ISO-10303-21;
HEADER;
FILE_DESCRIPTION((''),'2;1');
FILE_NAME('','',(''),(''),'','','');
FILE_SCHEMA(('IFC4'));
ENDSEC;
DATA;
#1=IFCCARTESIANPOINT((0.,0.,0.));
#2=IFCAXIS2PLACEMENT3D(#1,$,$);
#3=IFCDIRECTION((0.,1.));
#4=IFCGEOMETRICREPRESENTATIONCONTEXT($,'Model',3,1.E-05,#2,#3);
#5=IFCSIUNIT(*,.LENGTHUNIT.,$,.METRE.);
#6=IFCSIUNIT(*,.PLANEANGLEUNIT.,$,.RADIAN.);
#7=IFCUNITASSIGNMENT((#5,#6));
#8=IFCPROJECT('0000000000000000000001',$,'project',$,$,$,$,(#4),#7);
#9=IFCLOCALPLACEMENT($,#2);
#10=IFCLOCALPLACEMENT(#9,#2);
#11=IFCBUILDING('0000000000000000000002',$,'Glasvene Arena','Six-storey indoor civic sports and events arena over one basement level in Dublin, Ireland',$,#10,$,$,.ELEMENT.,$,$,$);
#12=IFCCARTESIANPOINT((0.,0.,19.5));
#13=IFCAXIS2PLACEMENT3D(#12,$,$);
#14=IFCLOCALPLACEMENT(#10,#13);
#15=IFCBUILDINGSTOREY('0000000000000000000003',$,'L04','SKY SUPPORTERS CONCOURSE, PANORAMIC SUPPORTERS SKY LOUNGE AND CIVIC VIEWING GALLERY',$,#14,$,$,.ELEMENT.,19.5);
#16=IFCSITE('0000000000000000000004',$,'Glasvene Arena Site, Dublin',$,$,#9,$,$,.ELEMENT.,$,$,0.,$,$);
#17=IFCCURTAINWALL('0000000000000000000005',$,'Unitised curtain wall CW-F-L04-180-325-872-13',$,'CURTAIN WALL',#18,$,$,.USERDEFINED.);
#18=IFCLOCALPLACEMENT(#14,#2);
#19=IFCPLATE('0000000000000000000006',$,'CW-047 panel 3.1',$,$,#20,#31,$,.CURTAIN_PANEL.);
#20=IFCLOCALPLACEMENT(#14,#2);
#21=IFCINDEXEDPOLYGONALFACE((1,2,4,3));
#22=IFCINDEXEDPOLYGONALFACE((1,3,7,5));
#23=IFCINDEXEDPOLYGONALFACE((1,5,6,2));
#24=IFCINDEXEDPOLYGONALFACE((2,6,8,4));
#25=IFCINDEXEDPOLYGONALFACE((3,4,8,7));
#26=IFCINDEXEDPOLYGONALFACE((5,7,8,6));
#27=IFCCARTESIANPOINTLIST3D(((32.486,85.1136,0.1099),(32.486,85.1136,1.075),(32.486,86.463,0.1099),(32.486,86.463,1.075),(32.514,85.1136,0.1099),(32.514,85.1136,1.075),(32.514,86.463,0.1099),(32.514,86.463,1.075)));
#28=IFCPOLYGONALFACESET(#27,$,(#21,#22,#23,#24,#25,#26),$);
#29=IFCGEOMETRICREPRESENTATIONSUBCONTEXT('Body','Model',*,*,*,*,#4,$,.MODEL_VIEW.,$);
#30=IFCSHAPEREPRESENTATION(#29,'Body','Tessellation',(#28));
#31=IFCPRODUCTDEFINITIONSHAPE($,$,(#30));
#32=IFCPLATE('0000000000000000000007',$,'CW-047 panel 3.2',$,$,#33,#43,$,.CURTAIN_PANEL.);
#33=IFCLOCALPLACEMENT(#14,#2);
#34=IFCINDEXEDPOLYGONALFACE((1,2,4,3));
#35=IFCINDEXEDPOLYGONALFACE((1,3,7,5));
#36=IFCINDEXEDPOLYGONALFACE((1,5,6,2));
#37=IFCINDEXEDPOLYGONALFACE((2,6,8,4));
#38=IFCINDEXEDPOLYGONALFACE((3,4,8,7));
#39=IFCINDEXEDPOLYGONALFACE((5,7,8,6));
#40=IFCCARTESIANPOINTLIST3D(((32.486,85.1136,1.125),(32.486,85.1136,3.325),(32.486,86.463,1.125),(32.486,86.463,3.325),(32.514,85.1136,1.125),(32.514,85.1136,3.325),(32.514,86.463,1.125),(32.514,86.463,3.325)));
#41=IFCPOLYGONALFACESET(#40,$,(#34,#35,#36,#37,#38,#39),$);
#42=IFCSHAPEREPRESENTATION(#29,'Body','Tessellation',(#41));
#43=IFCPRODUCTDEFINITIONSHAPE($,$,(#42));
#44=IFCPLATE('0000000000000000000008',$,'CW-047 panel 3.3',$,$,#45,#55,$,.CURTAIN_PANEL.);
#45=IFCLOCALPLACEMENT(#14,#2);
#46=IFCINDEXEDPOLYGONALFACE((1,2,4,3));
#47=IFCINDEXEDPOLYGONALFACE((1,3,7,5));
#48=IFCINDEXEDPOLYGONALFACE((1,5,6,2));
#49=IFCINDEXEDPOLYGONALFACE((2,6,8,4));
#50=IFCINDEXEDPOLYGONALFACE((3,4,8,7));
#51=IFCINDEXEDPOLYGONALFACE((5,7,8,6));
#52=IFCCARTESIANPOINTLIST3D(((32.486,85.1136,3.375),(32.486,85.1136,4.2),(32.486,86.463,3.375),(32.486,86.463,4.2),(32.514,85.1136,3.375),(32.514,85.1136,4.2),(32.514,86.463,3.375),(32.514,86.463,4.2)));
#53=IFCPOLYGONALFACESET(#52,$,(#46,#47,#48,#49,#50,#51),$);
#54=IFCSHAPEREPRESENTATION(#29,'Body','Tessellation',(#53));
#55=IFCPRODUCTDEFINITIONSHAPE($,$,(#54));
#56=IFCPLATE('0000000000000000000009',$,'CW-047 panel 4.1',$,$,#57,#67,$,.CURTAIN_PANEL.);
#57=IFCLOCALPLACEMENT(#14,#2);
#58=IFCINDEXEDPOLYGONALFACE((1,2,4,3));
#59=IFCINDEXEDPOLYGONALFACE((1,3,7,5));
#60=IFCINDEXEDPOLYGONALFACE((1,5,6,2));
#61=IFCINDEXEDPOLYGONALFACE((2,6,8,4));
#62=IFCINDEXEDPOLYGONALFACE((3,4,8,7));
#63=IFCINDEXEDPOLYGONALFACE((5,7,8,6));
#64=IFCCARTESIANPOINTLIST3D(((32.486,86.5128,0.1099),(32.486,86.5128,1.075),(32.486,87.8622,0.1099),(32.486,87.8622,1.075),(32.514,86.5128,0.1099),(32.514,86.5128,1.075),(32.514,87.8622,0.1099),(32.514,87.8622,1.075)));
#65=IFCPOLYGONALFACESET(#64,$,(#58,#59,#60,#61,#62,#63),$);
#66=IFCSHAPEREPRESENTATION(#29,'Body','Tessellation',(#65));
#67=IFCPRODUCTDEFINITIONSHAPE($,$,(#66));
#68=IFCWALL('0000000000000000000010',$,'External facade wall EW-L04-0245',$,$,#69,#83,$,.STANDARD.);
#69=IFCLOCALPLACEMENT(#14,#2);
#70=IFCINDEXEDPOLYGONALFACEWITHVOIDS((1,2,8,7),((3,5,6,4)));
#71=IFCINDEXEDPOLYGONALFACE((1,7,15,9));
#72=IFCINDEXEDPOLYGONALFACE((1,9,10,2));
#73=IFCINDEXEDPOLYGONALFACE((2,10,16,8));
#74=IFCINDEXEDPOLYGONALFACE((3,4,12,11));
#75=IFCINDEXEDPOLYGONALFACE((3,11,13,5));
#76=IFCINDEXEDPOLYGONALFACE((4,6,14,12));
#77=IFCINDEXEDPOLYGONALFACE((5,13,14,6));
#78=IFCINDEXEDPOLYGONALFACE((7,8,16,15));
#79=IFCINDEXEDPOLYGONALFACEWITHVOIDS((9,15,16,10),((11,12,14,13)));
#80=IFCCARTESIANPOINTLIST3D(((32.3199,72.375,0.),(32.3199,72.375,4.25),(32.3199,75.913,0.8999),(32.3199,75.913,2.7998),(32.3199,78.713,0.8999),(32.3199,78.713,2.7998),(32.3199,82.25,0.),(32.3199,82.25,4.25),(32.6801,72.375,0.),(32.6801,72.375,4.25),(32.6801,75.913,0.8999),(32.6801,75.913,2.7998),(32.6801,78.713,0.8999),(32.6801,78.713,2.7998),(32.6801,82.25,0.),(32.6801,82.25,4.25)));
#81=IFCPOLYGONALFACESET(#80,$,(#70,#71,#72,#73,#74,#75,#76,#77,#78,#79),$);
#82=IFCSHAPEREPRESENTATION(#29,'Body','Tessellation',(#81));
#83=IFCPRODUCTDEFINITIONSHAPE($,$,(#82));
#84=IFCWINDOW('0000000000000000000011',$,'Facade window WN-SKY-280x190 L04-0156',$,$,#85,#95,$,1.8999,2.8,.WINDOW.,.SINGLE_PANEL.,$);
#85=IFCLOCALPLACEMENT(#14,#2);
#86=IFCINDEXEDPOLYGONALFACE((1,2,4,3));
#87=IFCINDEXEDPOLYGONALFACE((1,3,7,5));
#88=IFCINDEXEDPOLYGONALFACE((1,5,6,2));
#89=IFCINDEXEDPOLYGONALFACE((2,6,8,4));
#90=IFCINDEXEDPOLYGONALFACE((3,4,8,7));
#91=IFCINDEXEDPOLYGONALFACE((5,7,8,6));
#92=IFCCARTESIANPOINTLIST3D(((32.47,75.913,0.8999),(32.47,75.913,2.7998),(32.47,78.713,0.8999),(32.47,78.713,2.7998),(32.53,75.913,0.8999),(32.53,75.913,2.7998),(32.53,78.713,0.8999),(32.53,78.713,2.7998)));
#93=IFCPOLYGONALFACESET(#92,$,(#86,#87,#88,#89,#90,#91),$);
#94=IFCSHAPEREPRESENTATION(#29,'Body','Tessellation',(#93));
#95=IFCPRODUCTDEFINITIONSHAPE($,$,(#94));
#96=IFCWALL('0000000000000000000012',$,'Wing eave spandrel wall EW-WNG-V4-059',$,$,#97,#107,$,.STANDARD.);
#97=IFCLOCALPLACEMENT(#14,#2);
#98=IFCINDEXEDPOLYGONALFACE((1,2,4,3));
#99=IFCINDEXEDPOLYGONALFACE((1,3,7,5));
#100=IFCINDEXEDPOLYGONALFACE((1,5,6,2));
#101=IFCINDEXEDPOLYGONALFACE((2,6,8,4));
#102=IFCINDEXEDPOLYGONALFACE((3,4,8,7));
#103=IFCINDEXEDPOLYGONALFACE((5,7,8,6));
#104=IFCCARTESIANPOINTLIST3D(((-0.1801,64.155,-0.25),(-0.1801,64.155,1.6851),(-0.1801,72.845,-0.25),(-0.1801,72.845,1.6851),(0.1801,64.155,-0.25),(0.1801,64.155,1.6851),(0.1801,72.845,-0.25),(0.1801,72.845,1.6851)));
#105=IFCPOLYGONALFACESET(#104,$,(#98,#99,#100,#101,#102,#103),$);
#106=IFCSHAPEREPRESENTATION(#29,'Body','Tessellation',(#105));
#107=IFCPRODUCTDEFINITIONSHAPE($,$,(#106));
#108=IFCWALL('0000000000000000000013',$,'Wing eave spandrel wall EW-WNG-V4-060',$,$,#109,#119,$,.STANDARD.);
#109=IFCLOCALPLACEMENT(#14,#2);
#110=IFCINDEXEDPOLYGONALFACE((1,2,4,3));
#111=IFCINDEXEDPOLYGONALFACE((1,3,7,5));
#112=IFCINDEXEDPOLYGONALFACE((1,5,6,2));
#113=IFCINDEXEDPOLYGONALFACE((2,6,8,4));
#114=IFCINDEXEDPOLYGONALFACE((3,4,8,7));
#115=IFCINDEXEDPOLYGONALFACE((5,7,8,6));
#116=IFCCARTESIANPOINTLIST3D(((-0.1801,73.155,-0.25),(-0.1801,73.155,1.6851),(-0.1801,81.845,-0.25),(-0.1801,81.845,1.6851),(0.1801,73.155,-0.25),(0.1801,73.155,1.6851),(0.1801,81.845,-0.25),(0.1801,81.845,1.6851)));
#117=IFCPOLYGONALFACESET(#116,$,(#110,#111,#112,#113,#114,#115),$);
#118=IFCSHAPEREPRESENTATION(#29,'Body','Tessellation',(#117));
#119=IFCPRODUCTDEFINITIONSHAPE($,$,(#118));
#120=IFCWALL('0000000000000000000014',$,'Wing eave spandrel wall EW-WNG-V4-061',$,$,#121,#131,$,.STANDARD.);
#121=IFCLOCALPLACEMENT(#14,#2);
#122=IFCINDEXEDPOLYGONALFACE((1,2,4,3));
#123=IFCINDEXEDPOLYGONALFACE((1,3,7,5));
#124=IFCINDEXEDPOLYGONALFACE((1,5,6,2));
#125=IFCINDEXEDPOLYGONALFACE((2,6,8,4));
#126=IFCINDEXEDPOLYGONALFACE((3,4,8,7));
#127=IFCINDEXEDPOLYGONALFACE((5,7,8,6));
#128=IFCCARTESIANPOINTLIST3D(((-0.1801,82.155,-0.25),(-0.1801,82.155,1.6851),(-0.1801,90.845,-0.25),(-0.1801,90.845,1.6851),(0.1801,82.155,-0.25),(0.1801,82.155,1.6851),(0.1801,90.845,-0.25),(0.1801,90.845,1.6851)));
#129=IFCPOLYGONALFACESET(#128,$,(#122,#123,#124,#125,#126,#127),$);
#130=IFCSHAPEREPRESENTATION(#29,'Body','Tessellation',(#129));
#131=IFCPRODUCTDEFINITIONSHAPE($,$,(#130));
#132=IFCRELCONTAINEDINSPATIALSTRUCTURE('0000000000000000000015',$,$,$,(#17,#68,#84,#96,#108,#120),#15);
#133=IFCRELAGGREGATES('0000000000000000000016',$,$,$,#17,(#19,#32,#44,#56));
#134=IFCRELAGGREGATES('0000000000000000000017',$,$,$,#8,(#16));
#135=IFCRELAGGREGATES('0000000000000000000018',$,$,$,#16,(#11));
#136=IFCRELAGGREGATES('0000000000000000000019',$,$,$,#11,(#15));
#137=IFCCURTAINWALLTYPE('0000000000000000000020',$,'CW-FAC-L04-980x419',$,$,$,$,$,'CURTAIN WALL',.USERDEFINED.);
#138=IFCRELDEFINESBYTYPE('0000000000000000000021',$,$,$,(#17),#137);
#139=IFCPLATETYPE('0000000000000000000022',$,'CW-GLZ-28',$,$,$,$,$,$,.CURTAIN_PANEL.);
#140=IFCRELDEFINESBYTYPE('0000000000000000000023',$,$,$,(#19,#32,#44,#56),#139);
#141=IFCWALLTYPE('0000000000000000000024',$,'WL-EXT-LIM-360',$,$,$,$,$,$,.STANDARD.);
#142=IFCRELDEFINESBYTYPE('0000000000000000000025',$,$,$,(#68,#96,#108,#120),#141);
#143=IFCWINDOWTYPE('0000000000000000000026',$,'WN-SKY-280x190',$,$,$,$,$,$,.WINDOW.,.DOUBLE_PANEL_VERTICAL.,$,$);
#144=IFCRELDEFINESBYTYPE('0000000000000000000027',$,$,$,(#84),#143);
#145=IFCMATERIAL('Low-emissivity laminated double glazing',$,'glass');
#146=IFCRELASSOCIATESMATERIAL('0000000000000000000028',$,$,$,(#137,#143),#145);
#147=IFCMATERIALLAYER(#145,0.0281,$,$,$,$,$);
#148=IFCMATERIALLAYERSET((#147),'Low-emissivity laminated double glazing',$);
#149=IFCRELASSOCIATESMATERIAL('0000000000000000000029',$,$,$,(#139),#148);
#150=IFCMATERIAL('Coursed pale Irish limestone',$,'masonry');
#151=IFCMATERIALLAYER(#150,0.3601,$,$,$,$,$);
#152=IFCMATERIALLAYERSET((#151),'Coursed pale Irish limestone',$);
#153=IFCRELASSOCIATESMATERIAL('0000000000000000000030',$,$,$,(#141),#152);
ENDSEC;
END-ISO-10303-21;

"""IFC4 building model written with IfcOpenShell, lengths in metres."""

from ifc_helpers import new_model, si_unit, direction, frame, frame_2d, origin, origin_2d, place, context, subcontext, project, spatial, rectangle, extrude, material, layer, layer_set, type_object, element, fill, aggregate, save


model = new_model("IFC4")

# Units and contexts
model_context = context("Model", 3, precision=1e-05, world=origin(), true_north=direction((0.0, 1.0)))
body_context = subcontext(model_context, "Body", "Model", "MODEL_VIEW")
ifc_project = project(units=[si_unit("LENGTHUNIT", "METRE"), si_unit("PLANEANGLEUNIT", "RADIAN")], contexts=[model_context])

# Site, building, storey
site_placement = place(None, origin())
site = spatial("IfcSite", under=ifc_project, at=site_placement, Name="Glasvene Arena Site, Dublin", CompositionType="ELEMENT", RefElevation=0.0)
building_placement = place(site_placement, origin())
building = spatial("IfcBuilding", under=site, at=building_placement, Name="Glasvene Arena", Description="Six-storey indoor civic sports and events arena over one basement level in Dublin, Ireland", CompositionType="ELEMENT")
storey_placement = place(building_placement, frame((0.0, 0.0, 19.5)))
storey = spatial("IfcBuildingStorey", under=building, at=storey_placement, Name="L04", Description="SKY SUPPORTERS CONCOURSE, PANORAMIC SUPPORTERS SKY LOUNGE AND CIVIC VIEWING GALLERY", CompositionType="ELEMENT", Elevation=19.5)

# Curtain wall, plates
ifc_material_1 = material(Name="Low-emissivity laminated double glazing", Category="glass")
curtain_wall_type = type_object("IfcCurtainWallType", Name="CW-FAC-L04-980x419", ElementType="CURTAIN WALL", PredefinedType="USERDEFINED", material=ifc_material_1)
curtain_wall_placement = place(storey_placement, frame((32.5, 82.29, 0.0)))
curtain_wall = element("IfcCurtainWall", 1, at=curtain_wall_placement, inside=storey, type_object=curtain_wall_type, Name="Unitised curtain wall CW-F-L04-180-325-872-13", ObjectType="CURTAIN WALL", PredefinedType="USERDEFINED")
ifc_layer_1 = layer(ifc_material_1, 0.0281)
ifc_layer_set_1 = layer_set([ifc_layer_1], Name="Low-emissivity laminated double glazing")
plate_type = type_object("IfcPlateType", Name="CW-GLZ-28", PredefinedType="CURTAIN_PANEL", material=ifc_layer_set_1)
plate_1_placement = place(storey_placement, frame((32.5, 85.7883, 0.1099), z_axis=(0.0, 0.0, 1.0), x_axis=(0.0, 1.0, 0.0)))
plate_1 = element("IfcPlate", 2, at=plate_1_placement, type_object=plate_type, Name="CW-047 panel 3.1", PredefinedType="CURTAIN_PANEL", context=body_context, shape_type="SweptSolid", body=[
    extrude(rectangle(XDim=1.3494, YDim=0.0281, at=origin_2d()), origin(), (0.0, 0.0, 1.0), 0.9651),
])
plate_2_placement = place(storey_placement, frame((32.5, 85.7883, 1.125), z_axis=(0.0, 0.0, 1.0), x_axis=(0.0, 1.0, 0.0)))
plate_2 = element("IfcPlate", 3, at=plate_2_placement, type_object=plate_type, Name="CW-047 panel 3.2", PredefinedType="CURTAIN_PANEL", context=body_context, shape_type="SweptSolid", body=[
    extrude(rectangle(XDim=1.3494, YDim=0.0281, at=origin_2d()), origin(), (0.0, 0.0, 1.0), 2.2),
])
plate_3_placement = place(storey_placement, frame((32.5, 85.7883, 3.375), z_axis=(0.0, 0.0, 1.0), x_axis=(0.0, 1.0, 0.0)))
plate_3 = element("IfcPlate", 4, at=plate_3_placement, type_object=plate_type, Name="CW-047 panel 3.3", PredefinedType="CURTAIN_PANEL", context=body_context, shape_type="SweptSolid", body=[
    extrude(rectangle(XDim=1.3494, YDim=0.0281, at=origin_2d()), origin(), (0.0, 0.0, 1.0), 0.825),
])
plate_4_placement = place(storey_placement, frame((32.5, 87.1875, 0.1099), z_axis=(0.0, 0.0, 1.0), x_axis=(0.0, 1.0, 0.0)))
plate_4 = element("IfcPlate", 5, at=plate_4_placement, type_object=plate_type, Name="CW-047 panel 4.1", PredefinedType="CURTAIN_PANEL", context=body_context, shape_type="SweptSolid", body=[
    extrude(rectangle(XDim=1.3494, YDim=0.0281, at=origin_2d()), origin(), (0.0, 0.0, 1.0), 0.9651),
])
aggregate(curtain_wall, [plate_1, plate_2, plate_3, plate_4])

# Wall, opening, window
ifc_material_2 = material(Name="Coursed pale Irish limestone", Category="masonry")
ifc_layer_2 = layer(ifc_material_2, 0.3601)
ifc_layer_set_2 = layer_set([ifc_layer_2], Name="Coursed pale Irish limestone")
wall_type = type_object("IfcWallType", Name="WL-EXT-LIM-360", PredefinedType="STANDARD", material=ifc_layer_set_2)
wall_placement = place(storey_placement, frame((32.5, 72.375, 0.0), z_axis=(0.0, 0.0, 1.0), x_axis=(0.0, 1.0, 0.0)))
wall = element("IfcWall", 6, at=wall_placement, inside=storey, type_object=wall_type, Name="External facade wall EW-L04-0245", PredefinedType="STANDARD", context=body_context, shape_type="SweptSolid", body=[
    extrude(rectangle(XDim=9.875, YDim=0.3601, at=frame_2d((4.9375, 0.0))), origin(), (0.0, 0.0, 1.0), 4.25),
])
opening_placement = place(wall_placement, frame((3.5381, 0.0, 0.8999)))
opening = element("IfcOpeningElement", 7, at=opening_placement, cuts=wall, PredefinedType="OPENING", context=body_context, shape_type="SweptSolid", body=[
    extrude(rectangle(XDim=2.8, YDim=1.8999, at=frame_2d((1.3999, 0.95))), frame((0.0, 0.1899, 0.0), z_axis=(0.0, -1.0, 0.0), x_axis=(1.0, 0.0, 0.0)), (0.0, 0.0, 1.0), 0.3801),
])
window_type = type_object("IfcWindowType", Name="WN-SKY-280x190", PartitioningType="DOUBLE_PANEL_VERTICAL", PredefinedType="WINDOW", material=ifc_material_1)
window_placement = place(opening_placement, origin())
window = element("IfcWindow", 8, at=window_placement, inside=storey, type_object=window_type, Name="Facade window WN-SKY-280x190 L04-0156", OverallHeight=1.8999, OverallWidth=2.8, PartitioningType="SINGLE_PANEL", PredefinedType="WINDOW", context=body_context, shape_type="SweptSolid", body=[
    extrude(rectangle(XDim=2.8, YDim=1.8999, at=frame_2d((1.3999, 0.95))), frame((0.0, 0.03, 0.0), z_axis=(0.0, -1.0, 0.0), x_axis=(1.0, 0.0, 0.0)), (0.0, 0.0, 1.0), 0.0601),
])
fill(opening, window)

# Walls
for number, where, z_axis, x_axis, name in (
    (9, (0.0, 64.155, -0.25), (0.0, 0.0, 1.0), (0.0, 1.0, 0.0), "Wing eave spandrel wall EW-WNG-V4-059"),
    (10, (0.0, 73.155, -0.25), (0.0, 0.0, 1.0), (0.0, 1.0, 0.0), "Wing eave spandrel wall EW-WNG-V4-060"),
    (11, (0.0, 82.155, -0.25), (0.0, 0.0, 1.0), (0.0, 1.0, 0.0), "Wing eave spandrel wall EW-WNG-V4-061"),
):
    element("IfcWall", number, at=place(storey_placement, frame(where, z_axis=z_axis, x_axis=x_axis)), inside=storey, type_object=wall_type, Name=name, PredefinedType="STANDARD", context=body_context, shape_type="SweptSolid", body=[
        extrude(rectangle(XDim=8.6899, YDim=0.3601, at=frame_2d((4.345, 0.0))), origin(), (0.0, 0.0, 1.0), 1.9351),
    ])

save(model, "model.ifc")
